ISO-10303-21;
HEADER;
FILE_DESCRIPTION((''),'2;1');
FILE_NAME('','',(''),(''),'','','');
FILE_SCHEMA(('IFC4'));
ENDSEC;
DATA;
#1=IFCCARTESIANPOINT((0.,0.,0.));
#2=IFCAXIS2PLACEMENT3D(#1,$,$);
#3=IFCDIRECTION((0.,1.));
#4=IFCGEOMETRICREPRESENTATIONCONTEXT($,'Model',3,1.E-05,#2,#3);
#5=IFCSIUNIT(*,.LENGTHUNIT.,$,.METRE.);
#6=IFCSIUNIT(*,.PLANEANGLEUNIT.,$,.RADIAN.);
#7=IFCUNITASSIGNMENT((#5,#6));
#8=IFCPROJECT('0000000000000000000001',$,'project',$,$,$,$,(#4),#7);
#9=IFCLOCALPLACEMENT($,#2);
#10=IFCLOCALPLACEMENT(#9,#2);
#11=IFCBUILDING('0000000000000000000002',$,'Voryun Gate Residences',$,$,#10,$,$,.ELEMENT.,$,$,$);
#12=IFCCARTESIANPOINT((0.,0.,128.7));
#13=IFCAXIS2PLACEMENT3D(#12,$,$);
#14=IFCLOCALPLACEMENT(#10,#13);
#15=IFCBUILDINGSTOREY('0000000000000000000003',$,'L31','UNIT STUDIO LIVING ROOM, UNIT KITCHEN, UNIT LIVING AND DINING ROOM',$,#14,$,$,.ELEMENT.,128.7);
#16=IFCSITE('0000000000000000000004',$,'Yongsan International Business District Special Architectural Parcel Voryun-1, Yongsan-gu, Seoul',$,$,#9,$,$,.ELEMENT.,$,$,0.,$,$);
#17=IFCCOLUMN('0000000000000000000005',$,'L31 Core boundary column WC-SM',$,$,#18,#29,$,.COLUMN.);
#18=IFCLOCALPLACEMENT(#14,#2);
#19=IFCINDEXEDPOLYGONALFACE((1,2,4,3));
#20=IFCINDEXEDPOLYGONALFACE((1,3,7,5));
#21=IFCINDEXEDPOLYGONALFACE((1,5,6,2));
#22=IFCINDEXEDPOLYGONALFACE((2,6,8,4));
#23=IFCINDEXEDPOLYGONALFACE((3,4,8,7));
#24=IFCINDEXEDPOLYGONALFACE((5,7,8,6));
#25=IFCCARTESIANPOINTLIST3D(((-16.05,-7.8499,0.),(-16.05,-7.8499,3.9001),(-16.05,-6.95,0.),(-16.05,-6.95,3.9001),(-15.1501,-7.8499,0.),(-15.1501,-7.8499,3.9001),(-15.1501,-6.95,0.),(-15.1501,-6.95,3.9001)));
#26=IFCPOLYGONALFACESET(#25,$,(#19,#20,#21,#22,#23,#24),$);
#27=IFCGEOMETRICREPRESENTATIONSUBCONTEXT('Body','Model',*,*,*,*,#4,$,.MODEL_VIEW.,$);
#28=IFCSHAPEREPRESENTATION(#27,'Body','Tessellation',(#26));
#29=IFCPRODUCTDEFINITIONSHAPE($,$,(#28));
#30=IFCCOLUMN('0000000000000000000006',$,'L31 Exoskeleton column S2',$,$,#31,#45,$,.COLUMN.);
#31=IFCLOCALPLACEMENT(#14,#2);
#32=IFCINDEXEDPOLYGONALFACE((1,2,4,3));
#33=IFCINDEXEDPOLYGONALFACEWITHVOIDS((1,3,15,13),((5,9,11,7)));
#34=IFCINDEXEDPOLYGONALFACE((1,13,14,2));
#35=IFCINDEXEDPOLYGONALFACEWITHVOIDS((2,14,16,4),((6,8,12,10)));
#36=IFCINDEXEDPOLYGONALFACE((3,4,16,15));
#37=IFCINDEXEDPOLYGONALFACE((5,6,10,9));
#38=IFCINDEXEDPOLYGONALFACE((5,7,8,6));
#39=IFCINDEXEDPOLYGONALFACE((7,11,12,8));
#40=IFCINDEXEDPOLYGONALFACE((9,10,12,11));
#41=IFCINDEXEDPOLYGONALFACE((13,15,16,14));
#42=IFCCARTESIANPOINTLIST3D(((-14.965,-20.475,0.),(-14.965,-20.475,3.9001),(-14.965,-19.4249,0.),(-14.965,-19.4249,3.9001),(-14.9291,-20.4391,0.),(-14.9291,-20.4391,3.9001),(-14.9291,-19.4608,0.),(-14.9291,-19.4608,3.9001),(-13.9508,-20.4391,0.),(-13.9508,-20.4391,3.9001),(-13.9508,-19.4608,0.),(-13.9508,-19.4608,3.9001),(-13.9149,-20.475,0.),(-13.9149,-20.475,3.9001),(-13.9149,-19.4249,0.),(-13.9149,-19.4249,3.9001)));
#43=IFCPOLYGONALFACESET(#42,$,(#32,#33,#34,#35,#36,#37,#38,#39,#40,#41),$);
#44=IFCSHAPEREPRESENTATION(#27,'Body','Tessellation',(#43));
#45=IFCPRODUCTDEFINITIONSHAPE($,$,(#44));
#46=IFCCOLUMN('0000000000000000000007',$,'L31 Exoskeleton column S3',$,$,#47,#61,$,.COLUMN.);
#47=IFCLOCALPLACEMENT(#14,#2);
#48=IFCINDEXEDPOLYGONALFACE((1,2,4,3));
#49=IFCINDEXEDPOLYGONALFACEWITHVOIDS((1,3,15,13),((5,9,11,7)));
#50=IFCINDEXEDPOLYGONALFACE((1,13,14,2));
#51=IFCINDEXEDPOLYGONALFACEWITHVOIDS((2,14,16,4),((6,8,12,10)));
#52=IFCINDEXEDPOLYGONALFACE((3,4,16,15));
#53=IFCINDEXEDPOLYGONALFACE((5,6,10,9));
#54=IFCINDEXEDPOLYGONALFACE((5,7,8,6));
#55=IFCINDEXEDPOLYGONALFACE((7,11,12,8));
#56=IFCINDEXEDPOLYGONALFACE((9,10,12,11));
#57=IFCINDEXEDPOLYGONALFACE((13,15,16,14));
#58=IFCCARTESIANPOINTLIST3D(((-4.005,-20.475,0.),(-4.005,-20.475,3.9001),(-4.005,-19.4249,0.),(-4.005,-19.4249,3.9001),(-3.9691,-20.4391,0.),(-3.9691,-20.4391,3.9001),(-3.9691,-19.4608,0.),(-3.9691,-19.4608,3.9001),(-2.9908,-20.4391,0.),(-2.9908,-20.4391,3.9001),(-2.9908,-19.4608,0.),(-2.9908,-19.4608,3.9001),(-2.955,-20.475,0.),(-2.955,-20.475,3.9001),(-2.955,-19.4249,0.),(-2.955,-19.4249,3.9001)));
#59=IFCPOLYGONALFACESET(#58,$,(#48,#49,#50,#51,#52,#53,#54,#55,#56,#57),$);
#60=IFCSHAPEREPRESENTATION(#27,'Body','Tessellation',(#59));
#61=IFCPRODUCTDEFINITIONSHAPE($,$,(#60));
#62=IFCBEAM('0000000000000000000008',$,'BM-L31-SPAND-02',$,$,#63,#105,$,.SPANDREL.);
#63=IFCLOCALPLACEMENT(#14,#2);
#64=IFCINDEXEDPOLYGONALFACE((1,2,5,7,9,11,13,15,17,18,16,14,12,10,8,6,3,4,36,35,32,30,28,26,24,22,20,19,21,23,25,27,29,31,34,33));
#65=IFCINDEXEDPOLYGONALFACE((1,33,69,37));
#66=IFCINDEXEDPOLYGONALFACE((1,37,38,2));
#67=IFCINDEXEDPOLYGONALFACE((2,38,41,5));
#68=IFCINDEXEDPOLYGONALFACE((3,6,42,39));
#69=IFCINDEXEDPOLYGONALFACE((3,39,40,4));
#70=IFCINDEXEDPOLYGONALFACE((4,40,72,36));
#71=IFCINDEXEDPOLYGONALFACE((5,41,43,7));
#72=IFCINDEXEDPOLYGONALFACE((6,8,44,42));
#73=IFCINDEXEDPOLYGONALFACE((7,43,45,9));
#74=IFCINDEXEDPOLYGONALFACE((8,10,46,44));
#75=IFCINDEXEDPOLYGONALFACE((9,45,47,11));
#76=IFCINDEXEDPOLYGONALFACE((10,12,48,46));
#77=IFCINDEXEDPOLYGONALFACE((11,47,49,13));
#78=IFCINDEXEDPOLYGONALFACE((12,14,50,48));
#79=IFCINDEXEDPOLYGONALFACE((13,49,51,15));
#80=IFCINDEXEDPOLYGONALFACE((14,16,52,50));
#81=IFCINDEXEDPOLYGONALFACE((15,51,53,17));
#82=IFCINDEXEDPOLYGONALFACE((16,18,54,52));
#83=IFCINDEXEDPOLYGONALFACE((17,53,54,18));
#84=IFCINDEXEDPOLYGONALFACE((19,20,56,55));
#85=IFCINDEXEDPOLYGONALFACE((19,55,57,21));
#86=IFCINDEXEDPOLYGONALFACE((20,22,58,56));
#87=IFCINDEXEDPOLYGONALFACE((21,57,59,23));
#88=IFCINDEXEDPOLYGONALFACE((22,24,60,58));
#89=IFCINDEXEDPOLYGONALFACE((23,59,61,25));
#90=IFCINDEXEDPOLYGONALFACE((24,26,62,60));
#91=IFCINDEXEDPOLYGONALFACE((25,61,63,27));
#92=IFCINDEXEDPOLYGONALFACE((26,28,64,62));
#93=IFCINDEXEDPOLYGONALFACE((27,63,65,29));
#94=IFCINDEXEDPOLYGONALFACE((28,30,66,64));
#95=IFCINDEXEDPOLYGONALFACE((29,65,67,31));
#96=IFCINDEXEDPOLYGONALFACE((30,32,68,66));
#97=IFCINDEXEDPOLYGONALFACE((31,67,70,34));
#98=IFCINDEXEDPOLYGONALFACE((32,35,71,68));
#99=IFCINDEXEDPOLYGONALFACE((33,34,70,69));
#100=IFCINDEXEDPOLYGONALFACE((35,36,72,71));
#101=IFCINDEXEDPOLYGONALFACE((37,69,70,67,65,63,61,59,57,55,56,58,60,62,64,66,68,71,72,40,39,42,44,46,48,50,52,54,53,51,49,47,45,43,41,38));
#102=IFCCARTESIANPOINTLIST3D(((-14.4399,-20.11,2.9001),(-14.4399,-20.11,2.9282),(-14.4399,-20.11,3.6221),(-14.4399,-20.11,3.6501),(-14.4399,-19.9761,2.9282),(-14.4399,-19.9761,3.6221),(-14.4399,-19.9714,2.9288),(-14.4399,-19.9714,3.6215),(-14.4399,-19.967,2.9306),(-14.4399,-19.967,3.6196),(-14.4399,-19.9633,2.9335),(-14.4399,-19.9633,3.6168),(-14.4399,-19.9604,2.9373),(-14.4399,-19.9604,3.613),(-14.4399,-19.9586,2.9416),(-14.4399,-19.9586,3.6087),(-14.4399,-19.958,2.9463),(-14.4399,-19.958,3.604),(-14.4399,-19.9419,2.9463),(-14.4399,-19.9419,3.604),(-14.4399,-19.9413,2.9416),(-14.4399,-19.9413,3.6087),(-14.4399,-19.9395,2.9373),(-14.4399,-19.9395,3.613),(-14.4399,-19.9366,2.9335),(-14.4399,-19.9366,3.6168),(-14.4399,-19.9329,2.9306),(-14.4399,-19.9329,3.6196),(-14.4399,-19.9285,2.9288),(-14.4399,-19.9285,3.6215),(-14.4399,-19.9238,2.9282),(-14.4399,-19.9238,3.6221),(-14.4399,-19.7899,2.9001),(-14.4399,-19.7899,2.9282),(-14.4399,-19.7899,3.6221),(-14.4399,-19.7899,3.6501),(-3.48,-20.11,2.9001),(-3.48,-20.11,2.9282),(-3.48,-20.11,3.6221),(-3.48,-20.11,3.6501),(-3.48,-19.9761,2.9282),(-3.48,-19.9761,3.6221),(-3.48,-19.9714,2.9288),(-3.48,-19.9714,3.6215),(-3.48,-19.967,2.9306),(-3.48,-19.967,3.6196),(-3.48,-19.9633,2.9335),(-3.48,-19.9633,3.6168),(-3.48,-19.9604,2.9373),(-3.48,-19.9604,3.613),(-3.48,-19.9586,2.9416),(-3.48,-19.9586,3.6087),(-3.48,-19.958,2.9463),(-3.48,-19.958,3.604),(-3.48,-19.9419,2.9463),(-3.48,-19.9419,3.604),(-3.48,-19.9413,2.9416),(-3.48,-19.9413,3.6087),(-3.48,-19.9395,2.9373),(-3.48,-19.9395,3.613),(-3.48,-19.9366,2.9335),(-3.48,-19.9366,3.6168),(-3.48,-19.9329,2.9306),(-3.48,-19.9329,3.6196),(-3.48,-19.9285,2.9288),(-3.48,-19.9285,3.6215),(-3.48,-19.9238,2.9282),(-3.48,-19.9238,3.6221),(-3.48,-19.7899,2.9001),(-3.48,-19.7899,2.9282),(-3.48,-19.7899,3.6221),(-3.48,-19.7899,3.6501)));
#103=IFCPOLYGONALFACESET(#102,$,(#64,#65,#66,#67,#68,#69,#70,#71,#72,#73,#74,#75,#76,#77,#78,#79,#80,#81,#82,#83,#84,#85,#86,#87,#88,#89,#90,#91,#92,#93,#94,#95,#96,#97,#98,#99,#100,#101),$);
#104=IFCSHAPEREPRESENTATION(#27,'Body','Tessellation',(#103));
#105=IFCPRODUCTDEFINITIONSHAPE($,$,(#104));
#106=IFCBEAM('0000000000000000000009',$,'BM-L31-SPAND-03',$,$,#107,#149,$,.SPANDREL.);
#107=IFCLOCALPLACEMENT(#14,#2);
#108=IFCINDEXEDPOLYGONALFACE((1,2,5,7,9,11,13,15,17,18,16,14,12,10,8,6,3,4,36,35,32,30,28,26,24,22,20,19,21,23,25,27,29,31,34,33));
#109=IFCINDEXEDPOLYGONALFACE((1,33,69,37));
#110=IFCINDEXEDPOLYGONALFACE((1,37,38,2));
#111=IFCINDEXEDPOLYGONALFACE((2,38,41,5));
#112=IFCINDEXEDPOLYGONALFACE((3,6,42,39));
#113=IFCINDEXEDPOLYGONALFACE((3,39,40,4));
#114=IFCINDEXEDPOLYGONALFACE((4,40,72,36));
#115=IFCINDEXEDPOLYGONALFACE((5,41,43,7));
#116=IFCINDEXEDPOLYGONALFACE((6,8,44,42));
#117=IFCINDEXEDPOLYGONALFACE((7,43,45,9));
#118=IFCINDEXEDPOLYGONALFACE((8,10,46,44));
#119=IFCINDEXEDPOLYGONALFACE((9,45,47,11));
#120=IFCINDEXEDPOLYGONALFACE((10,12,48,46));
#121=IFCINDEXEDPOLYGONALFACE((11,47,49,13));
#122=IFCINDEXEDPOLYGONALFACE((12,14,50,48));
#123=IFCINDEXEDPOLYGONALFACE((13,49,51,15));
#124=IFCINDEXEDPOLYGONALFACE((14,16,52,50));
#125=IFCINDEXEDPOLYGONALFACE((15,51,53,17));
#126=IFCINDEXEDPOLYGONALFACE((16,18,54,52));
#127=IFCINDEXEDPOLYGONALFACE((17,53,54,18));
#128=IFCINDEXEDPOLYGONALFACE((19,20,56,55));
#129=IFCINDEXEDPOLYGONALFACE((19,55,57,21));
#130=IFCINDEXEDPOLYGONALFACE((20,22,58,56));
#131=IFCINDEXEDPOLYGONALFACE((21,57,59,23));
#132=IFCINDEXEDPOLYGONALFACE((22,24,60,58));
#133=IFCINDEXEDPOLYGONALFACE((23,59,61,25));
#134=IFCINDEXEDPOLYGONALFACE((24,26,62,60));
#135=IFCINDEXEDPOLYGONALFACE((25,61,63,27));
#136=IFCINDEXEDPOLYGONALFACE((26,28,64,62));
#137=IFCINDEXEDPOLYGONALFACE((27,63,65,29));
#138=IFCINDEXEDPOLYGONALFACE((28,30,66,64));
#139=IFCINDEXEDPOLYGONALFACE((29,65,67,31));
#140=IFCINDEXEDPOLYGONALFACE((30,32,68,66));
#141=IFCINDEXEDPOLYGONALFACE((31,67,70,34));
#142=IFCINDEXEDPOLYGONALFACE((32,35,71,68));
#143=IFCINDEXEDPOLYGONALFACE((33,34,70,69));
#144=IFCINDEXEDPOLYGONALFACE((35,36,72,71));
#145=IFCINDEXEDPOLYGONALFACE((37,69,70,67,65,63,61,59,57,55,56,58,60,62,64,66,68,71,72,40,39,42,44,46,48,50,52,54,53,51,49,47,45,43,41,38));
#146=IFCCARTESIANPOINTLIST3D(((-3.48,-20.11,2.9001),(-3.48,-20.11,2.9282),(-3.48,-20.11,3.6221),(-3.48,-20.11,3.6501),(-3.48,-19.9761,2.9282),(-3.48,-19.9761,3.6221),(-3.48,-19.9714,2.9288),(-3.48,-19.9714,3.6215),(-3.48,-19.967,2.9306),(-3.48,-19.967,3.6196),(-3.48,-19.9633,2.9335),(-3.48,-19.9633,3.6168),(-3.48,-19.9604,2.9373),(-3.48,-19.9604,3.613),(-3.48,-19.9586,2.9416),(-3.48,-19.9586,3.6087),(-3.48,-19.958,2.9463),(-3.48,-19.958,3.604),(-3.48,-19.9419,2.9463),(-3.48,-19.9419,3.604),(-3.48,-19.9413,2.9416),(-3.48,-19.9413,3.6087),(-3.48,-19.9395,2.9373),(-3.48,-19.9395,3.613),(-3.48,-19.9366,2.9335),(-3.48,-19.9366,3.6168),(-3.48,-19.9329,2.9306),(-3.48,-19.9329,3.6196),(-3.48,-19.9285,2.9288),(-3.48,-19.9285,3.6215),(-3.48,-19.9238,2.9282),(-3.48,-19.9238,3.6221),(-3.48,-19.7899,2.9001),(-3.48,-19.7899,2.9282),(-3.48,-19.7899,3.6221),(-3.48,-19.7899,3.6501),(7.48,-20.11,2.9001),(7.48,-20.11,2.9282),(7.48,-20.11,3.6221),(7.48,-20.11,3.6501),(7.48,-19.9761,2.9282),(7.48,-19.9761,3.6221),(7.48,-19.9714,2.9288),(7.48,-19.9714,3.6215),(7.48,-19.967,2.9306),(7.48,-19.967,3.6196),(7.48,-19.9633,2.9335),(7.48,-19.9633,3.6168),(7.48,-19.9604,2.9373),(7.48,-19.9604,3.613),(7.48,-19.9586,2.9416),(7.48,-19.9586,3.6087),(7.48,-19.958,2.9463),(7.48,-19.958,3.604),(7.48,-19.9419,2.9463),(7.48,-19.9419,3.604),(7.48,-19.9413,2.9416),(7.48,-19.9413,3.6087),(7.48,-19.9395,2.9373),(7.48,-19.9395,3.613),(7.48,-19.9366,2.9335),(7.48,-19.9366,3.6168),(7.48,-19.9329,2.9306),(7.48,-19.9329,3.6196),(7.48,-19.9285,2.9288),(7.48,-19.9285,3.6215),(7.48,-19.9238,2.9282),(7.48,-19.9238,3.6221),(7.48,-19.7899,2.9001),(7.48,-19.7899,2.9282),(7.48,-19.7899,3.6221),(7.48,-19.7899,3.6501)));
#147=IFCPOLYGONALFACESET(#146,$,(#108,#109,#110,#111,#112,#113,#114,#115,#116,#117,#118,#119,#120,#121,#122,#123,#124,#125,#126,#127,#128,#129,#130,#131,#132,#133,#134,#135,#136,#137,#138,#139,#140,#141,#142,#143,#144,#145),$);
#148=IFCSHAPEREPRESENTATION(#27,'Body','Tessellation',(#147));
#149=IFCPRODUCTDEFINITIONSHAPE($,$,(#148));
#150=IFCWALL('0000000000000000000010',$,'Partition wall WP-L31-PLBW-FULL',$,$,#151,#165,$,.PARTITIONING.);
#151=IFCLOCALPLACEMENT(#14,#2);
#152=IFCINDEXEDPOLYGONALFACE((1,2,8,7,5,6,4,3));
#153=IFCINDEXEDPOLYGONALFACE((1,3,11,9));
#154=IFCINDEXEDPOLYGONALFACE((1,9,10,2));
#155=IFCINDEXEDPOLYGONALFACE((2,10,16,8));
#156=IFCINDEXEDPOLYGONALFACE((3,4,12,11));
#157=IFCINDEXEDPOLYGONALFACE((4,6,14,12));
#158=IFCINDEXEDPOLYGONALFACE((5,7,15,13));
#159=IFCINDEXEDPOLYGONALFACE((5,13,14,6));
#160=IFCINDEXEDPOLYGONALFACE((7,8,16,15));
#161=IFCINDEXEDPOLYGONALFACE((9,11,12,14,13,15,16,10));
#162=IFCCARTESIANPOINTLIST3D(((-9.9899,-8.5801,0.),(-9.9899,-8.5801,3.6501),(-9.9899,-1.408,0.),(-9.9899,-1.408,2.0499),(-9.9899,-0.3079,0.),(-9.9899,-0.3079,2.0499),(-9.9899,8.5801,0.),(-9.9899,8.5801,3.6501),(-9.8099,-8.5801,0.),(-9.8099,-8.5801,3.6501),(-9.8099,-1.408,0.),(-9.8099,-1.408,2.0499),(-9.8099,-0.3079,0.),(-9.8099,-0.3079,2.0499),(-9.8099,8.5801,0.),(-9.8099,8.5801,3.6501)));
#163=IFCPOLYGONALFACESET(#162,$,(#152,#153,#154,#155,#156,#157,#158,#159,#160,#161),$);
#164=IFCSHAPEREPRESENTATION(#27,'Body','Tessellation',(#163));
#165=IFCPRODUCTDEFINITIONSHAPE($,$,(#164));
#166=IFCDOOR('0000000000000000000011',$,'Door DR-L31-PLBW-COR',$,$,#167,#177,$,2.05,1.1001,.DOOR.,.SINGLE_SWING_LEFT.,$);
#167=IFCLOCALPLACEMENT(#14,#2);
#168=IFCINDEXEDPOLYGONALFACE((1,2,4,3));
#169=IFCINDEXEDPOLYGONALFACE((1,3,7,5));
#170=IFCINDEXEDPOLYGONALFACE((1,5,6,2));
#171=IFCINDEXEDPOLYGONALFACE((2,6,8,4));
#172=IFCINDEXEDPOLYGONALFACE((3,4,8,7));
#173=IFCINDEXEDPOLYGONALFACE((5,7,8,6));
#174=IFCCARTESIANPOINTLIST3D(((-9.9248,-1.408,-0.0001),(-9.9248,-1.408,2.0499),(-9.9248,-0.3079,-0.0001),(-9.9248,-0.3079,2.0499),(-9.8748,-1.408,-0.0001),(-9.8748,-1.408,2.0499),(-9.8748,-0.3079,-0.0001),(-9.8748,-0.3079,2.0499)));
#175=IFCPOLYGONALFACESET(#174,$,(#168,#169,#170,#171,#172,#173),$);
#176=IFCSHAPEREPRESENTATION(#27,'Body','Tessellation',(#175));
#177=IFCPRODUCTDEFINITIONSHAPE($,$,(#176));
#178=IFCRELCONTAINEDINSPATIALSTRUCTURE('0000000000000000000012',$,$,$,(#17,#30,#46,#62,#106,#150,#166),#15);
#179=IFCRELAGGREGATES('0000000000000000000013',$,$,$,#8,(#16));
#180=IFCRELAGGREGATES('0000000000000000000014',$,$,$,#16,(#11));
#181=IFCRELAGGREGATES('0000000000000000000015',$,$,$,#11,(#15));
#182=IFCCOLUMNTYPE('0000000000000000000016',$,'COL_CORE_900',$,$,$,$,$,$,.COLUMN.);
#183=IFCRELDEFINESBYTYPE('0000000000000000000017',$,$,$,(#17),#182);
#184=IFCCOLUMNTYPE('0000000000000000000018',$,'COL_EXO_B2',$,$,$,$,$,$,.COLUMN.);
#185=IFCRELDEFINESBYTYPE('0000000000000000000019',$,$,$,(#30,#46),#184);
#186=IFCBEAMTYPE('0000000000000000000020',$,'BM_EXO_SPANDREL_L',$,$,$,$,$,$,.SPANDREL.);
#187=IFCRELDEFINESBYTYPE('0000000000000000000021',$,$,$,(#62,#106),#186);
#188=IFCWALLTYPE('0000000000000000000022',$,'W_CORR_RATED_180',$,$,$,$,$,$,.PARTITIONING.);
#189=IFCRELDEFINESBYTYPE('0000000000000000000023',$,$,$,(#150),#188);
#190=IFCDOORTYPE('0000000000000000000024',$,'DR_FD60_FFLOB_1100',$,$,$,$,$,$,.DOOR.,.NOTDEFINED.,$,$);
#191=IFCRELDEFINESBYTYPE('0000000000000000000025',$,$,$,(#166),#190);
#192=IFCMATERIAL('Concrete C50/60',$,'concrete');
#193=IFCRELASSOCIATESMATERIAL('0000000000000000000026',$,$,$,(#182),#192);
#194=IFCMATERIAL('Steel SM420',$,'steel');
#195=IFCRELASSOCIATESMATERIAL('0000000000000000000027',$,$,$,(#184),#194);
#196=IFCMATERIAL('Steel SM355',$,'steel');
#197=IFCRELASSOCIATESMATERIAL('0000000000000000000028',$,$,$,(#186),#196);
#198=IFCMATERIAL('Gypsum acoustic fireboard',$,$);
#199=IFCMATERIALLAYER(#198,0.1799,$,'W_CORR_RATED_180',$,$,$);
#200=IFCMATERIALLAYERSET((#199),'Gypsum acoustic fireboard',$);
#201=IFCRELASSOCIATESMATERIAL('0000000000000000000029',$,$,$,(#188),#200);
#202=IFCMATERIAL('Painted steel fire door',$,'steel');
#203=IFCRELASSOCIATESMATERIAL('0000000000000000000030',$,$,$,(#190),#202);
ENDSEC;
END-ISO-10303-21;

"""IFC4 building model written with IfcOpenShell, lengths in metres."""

from ifc_helpers import new_model, si_unit, direction, frame, frame_2d, origin, origin_2d, place, context, subcontext, project, spatial, rectangle, hollow_rectangle, i_section, extrude, material, layer, layer_set, material_profile, profile_set, type_object, element, fill, save


model = new_model("IFC4")

# Units and contexts
model_context = context("Model", 3, precision=1e-05, world=origin(), true_north=direction((0.0, 1.0)))
body_context = subcontext(model_context, "Body", "Model", "MODEL_VIEW")
ifc_project = project(units=[si_unit("LENGTHUNIT", "METRE"), si_unit("PLANEANGLEUNIT", "RADIAN")], contexts=[model_context])

# Site, building, storey
site_placement = place(None, origin())
site = spatial("IfcSite", under=ifc_project, at=site_placement, Name="Yongsan International Business District Special Architectural Parcel Voryun-1, Yongsan-gu, Seoul", CompositionType="ELEMENT", RefElevation=0.0)
building_placement = place(site_placement, origin())
building = spatial("IfcBuilding", under=site, at=building_placement, Name="Voryun Gate Residences", CompositionType="ELEMENT")
storey_placement = place(building_placement, frame((0.0, 0.0, 128.7)))
storey = spatial("IfcBuildingStorey", under=building, at=storey_placement, Name="L31", Description="UNIT STUDIO LIVING ROOM, UNIT KITCHEN, UNIT LIVING AND DINING ROOM", CompositionType="ELEMENT", Elevation=128.7)

# Columns
ifc_material_1 = material(Name="Concrete C50/60", Category="concrete")
ifc_material_profile_1 = material_profile(ifc_material_1, rectangle(XDim=0.8999, YDim=0.8999, at=origin_2d()), Name="RC-900x900")
ifc_profile_set_1 = profile_set([ifc_material_profile_1], Name="Concrete C50/60")
column_type_1 = type_object("IfcColumnType", Name="COL_CORE_900", PredefinedType="COLUMN", material=ifc_profile_set_1)
column_placement = place(storey_placement, frame((-15.6001, -7.3999, 0.0), z_axis=(0.0, 0.0, 1.0), x_axis=(1.0, 0.0, 0.0)))
element("IfcColumn", 1, at=column_placement, inside=storey, type_object=column_type_1, Name="L31 Core boundary column WC-SM", PredefinedType="COLUMN", context=body_context, shape_type="SweptSolid", body=[
    extrude(rectangle(XDim=0.8999, YDim=0.8999, at=origin_2d()), origin(), (0.0, 0.0, 1.0), 3.9001),
])
ifc_material_2 = material(Name="Steel SM420", Category="steel")
ifc_material_profile_2 = material_profile(ifc_material_2, hollow_rectangle(XDim=1.05, YDim=1.05, WallThickness=0.0359, at=origin_2d()), Name="BOX-1050x1050x36")
ifc_profile_set_2 = profile_set([ifc_material_profile_2], Name="Steel SM420")
column_type_2 = type_object("IfcColumnType", Name="COL_EXO_B2", PredefinedType="COLUMN", material=ifc_profile_set_2)
for number, where, z_axis, x_axis, name in (
    (2, (-14.4399, -19.95, 0.0), (0.0, 0.0, 1.0), (1.0, 0.0, 0.0), "L31 Exoskeleton column S2"),
    (3, (-3.48, -19.95, 0.0), (0.0, 0.0, 1.0), (1.0, 0.0, 0.0), "L31 Exoskeleton column S3"),
):
    element("IfcColumn", number, at=place(storey_placement, frame(where, z_axis=z_axis, x_axis=x_axis)), inside=storey, type_object=column_type_2, Name=name, PredefinedType="COLUMN", context=body_context, shape_type="SweptSolid", body=[
        extrude(hollow_rectangle(XDim=1.05, YDim=1.05, WallThickness=0.0359, at=origin_2d()), origin(), (0.0, 0.0, 1.0), 3.9001),
    ])

# Beams
ifc_material_3 = material(Name="Steel SM355", Category="steel")
ifc_material_profile_3 = material_profile(ifc_material_3, i_section(OverallWidth=0.3201, OverallDepth=0.75, WebThickness=0.0161, FlangeThickness=0.0281, FilletRadius=0.0181, at=origin_2d()), Name="H-750x320x16x28")
ifc_profile_set_3 = profile_set([ifc_material_profile_3], Name="Steel SM355")
beam_type = type_object("IfcBeamType", Name="BM_EXO_SPANDREL_L", PredefinedType="SPANDREL", material=ifc_profile_set_3)
for number, where, z_axis, x_axis, name in (
    (4, (-14.4399, -19.95, 3.2751), (1.0, 0.0, 0.0), (0.0, 1.0, 0.0), "BM-L31-SPAND-02"),
    (5, (-3.48, -19.95, 3.2751), (1.0, 0.0, 0.0), (0.0, 1.0, 0.0), "BM-L31-SPAND-03"),
):
    element("IfcBeam", number, at=place(storey_placement, frame(where, z_axis=z_axis, x_axis=x_axis)), inside=storey, type_object=beam_type, Name=name, PredefinedType="SPANDREL", context=body_context, shape_type="SweptSolid", body=[
        extrude(i_section(OverallWidth=0.3201, OverallDepth=0.75, WebThickness=0.0161, FlangeThickness=0.0281, FilletRadius=0.0181, at=origin_2d()), origin(), (0.0, 0.0, 1.0), 10.96),
    ])

# Wall, opening, door
ifc_material_4 = material(Name="Gypsum acoustic fireboard")
ifc_layer_1 = layer(ifc_material_4, 0.1799, Name="W_CORR_RATED_180")
ifc_layer_set_1 = layer_set([ifc_layer_1], Name="Gypsum acoustic fireboard")
wall_type_1 = type_object("IfcWallType", Name="W_CORR_RATED_180", PredefinedType="PARTITIONING", material=ifc_layer_set_1)
wall_1_placement = place(storey_placement, frame((-9.8999, -8.5801, 0.0), z_axis=(0.0, 0.0, 1.0), x_axis=(0.0, 1.0, 0.0)))
wall_1 = element("IfcWall", 6, at=wall_1_placement, inside=storey, type_object=wall_type_1, Name="Partition wall WP-L31-PLBW-FULL", PredefinedType="PARTITIONING", context=body_context, shape_type="SweptSolid", body=[
    extrude(rectangle(XDim=17.1602, YDim=0.1799, at=frame_2d((8.5801, 0.0))), origin(), (0.0, 0.0, 1.0), 3.6501),
])
opening_1_placement = place(wall_1_placement, frame((7.1721, 0.0, 0.0)))
opening_1 = element("IfcOpeningElement", 7, at=opening_1_placement, cuts=wall_1, PredefinedType="OPENING", context=body_context, shape_type="SweptSolid", body=[
    extrude(rectangle(XDim=1.1001, YDim=2.05, at=frame_2d((0.55, 1.0249))), frame((0.0, 0.0999, 0.0), z_axis=(0.0, -1.0, 0.0), x_axis=(1.0, 0.0, 0.0)), (0.0, 0.0, 1.0), 0.2),
])
ifc_material_5 = material(Name="Painted steel fire door", Category="steel")
door_type_1 = type_object("IfcDoorType", Name="DR_FD60_FFLOB_1100", OperationType="NOTDEFINED", PredefinedType="DOOR", material=ifc_material_5)
door_1_placement = place(opening_1_placement, origin())
door_1 = element("IfcDoor", 8, at=door_1_placement, inside=storey, type_object=door_type_1, Name="Door DR-L31-PLBW-COR", OperationType="SINGLE_SWING_LEFT", OverallHeight=2.05, OverallWidth=1.1001, PredefinedType="DOOR", context=body_context, shape_type="SweptSolid", body=[
    extrude(rectangle(XDim=1.1001, YDim=2.05, at=frame_2d((0.55, 1.0249))), frame((0.0, 0.0249, 0.0), z_axis=(0.0, -1.0, 0.0), x_axis=(1.0, 0.0, 0.0)), (0.0, 0.0, 1.0), 0.05),
])
fill(opening_1, door_1)

save(model, "model.ifc")
